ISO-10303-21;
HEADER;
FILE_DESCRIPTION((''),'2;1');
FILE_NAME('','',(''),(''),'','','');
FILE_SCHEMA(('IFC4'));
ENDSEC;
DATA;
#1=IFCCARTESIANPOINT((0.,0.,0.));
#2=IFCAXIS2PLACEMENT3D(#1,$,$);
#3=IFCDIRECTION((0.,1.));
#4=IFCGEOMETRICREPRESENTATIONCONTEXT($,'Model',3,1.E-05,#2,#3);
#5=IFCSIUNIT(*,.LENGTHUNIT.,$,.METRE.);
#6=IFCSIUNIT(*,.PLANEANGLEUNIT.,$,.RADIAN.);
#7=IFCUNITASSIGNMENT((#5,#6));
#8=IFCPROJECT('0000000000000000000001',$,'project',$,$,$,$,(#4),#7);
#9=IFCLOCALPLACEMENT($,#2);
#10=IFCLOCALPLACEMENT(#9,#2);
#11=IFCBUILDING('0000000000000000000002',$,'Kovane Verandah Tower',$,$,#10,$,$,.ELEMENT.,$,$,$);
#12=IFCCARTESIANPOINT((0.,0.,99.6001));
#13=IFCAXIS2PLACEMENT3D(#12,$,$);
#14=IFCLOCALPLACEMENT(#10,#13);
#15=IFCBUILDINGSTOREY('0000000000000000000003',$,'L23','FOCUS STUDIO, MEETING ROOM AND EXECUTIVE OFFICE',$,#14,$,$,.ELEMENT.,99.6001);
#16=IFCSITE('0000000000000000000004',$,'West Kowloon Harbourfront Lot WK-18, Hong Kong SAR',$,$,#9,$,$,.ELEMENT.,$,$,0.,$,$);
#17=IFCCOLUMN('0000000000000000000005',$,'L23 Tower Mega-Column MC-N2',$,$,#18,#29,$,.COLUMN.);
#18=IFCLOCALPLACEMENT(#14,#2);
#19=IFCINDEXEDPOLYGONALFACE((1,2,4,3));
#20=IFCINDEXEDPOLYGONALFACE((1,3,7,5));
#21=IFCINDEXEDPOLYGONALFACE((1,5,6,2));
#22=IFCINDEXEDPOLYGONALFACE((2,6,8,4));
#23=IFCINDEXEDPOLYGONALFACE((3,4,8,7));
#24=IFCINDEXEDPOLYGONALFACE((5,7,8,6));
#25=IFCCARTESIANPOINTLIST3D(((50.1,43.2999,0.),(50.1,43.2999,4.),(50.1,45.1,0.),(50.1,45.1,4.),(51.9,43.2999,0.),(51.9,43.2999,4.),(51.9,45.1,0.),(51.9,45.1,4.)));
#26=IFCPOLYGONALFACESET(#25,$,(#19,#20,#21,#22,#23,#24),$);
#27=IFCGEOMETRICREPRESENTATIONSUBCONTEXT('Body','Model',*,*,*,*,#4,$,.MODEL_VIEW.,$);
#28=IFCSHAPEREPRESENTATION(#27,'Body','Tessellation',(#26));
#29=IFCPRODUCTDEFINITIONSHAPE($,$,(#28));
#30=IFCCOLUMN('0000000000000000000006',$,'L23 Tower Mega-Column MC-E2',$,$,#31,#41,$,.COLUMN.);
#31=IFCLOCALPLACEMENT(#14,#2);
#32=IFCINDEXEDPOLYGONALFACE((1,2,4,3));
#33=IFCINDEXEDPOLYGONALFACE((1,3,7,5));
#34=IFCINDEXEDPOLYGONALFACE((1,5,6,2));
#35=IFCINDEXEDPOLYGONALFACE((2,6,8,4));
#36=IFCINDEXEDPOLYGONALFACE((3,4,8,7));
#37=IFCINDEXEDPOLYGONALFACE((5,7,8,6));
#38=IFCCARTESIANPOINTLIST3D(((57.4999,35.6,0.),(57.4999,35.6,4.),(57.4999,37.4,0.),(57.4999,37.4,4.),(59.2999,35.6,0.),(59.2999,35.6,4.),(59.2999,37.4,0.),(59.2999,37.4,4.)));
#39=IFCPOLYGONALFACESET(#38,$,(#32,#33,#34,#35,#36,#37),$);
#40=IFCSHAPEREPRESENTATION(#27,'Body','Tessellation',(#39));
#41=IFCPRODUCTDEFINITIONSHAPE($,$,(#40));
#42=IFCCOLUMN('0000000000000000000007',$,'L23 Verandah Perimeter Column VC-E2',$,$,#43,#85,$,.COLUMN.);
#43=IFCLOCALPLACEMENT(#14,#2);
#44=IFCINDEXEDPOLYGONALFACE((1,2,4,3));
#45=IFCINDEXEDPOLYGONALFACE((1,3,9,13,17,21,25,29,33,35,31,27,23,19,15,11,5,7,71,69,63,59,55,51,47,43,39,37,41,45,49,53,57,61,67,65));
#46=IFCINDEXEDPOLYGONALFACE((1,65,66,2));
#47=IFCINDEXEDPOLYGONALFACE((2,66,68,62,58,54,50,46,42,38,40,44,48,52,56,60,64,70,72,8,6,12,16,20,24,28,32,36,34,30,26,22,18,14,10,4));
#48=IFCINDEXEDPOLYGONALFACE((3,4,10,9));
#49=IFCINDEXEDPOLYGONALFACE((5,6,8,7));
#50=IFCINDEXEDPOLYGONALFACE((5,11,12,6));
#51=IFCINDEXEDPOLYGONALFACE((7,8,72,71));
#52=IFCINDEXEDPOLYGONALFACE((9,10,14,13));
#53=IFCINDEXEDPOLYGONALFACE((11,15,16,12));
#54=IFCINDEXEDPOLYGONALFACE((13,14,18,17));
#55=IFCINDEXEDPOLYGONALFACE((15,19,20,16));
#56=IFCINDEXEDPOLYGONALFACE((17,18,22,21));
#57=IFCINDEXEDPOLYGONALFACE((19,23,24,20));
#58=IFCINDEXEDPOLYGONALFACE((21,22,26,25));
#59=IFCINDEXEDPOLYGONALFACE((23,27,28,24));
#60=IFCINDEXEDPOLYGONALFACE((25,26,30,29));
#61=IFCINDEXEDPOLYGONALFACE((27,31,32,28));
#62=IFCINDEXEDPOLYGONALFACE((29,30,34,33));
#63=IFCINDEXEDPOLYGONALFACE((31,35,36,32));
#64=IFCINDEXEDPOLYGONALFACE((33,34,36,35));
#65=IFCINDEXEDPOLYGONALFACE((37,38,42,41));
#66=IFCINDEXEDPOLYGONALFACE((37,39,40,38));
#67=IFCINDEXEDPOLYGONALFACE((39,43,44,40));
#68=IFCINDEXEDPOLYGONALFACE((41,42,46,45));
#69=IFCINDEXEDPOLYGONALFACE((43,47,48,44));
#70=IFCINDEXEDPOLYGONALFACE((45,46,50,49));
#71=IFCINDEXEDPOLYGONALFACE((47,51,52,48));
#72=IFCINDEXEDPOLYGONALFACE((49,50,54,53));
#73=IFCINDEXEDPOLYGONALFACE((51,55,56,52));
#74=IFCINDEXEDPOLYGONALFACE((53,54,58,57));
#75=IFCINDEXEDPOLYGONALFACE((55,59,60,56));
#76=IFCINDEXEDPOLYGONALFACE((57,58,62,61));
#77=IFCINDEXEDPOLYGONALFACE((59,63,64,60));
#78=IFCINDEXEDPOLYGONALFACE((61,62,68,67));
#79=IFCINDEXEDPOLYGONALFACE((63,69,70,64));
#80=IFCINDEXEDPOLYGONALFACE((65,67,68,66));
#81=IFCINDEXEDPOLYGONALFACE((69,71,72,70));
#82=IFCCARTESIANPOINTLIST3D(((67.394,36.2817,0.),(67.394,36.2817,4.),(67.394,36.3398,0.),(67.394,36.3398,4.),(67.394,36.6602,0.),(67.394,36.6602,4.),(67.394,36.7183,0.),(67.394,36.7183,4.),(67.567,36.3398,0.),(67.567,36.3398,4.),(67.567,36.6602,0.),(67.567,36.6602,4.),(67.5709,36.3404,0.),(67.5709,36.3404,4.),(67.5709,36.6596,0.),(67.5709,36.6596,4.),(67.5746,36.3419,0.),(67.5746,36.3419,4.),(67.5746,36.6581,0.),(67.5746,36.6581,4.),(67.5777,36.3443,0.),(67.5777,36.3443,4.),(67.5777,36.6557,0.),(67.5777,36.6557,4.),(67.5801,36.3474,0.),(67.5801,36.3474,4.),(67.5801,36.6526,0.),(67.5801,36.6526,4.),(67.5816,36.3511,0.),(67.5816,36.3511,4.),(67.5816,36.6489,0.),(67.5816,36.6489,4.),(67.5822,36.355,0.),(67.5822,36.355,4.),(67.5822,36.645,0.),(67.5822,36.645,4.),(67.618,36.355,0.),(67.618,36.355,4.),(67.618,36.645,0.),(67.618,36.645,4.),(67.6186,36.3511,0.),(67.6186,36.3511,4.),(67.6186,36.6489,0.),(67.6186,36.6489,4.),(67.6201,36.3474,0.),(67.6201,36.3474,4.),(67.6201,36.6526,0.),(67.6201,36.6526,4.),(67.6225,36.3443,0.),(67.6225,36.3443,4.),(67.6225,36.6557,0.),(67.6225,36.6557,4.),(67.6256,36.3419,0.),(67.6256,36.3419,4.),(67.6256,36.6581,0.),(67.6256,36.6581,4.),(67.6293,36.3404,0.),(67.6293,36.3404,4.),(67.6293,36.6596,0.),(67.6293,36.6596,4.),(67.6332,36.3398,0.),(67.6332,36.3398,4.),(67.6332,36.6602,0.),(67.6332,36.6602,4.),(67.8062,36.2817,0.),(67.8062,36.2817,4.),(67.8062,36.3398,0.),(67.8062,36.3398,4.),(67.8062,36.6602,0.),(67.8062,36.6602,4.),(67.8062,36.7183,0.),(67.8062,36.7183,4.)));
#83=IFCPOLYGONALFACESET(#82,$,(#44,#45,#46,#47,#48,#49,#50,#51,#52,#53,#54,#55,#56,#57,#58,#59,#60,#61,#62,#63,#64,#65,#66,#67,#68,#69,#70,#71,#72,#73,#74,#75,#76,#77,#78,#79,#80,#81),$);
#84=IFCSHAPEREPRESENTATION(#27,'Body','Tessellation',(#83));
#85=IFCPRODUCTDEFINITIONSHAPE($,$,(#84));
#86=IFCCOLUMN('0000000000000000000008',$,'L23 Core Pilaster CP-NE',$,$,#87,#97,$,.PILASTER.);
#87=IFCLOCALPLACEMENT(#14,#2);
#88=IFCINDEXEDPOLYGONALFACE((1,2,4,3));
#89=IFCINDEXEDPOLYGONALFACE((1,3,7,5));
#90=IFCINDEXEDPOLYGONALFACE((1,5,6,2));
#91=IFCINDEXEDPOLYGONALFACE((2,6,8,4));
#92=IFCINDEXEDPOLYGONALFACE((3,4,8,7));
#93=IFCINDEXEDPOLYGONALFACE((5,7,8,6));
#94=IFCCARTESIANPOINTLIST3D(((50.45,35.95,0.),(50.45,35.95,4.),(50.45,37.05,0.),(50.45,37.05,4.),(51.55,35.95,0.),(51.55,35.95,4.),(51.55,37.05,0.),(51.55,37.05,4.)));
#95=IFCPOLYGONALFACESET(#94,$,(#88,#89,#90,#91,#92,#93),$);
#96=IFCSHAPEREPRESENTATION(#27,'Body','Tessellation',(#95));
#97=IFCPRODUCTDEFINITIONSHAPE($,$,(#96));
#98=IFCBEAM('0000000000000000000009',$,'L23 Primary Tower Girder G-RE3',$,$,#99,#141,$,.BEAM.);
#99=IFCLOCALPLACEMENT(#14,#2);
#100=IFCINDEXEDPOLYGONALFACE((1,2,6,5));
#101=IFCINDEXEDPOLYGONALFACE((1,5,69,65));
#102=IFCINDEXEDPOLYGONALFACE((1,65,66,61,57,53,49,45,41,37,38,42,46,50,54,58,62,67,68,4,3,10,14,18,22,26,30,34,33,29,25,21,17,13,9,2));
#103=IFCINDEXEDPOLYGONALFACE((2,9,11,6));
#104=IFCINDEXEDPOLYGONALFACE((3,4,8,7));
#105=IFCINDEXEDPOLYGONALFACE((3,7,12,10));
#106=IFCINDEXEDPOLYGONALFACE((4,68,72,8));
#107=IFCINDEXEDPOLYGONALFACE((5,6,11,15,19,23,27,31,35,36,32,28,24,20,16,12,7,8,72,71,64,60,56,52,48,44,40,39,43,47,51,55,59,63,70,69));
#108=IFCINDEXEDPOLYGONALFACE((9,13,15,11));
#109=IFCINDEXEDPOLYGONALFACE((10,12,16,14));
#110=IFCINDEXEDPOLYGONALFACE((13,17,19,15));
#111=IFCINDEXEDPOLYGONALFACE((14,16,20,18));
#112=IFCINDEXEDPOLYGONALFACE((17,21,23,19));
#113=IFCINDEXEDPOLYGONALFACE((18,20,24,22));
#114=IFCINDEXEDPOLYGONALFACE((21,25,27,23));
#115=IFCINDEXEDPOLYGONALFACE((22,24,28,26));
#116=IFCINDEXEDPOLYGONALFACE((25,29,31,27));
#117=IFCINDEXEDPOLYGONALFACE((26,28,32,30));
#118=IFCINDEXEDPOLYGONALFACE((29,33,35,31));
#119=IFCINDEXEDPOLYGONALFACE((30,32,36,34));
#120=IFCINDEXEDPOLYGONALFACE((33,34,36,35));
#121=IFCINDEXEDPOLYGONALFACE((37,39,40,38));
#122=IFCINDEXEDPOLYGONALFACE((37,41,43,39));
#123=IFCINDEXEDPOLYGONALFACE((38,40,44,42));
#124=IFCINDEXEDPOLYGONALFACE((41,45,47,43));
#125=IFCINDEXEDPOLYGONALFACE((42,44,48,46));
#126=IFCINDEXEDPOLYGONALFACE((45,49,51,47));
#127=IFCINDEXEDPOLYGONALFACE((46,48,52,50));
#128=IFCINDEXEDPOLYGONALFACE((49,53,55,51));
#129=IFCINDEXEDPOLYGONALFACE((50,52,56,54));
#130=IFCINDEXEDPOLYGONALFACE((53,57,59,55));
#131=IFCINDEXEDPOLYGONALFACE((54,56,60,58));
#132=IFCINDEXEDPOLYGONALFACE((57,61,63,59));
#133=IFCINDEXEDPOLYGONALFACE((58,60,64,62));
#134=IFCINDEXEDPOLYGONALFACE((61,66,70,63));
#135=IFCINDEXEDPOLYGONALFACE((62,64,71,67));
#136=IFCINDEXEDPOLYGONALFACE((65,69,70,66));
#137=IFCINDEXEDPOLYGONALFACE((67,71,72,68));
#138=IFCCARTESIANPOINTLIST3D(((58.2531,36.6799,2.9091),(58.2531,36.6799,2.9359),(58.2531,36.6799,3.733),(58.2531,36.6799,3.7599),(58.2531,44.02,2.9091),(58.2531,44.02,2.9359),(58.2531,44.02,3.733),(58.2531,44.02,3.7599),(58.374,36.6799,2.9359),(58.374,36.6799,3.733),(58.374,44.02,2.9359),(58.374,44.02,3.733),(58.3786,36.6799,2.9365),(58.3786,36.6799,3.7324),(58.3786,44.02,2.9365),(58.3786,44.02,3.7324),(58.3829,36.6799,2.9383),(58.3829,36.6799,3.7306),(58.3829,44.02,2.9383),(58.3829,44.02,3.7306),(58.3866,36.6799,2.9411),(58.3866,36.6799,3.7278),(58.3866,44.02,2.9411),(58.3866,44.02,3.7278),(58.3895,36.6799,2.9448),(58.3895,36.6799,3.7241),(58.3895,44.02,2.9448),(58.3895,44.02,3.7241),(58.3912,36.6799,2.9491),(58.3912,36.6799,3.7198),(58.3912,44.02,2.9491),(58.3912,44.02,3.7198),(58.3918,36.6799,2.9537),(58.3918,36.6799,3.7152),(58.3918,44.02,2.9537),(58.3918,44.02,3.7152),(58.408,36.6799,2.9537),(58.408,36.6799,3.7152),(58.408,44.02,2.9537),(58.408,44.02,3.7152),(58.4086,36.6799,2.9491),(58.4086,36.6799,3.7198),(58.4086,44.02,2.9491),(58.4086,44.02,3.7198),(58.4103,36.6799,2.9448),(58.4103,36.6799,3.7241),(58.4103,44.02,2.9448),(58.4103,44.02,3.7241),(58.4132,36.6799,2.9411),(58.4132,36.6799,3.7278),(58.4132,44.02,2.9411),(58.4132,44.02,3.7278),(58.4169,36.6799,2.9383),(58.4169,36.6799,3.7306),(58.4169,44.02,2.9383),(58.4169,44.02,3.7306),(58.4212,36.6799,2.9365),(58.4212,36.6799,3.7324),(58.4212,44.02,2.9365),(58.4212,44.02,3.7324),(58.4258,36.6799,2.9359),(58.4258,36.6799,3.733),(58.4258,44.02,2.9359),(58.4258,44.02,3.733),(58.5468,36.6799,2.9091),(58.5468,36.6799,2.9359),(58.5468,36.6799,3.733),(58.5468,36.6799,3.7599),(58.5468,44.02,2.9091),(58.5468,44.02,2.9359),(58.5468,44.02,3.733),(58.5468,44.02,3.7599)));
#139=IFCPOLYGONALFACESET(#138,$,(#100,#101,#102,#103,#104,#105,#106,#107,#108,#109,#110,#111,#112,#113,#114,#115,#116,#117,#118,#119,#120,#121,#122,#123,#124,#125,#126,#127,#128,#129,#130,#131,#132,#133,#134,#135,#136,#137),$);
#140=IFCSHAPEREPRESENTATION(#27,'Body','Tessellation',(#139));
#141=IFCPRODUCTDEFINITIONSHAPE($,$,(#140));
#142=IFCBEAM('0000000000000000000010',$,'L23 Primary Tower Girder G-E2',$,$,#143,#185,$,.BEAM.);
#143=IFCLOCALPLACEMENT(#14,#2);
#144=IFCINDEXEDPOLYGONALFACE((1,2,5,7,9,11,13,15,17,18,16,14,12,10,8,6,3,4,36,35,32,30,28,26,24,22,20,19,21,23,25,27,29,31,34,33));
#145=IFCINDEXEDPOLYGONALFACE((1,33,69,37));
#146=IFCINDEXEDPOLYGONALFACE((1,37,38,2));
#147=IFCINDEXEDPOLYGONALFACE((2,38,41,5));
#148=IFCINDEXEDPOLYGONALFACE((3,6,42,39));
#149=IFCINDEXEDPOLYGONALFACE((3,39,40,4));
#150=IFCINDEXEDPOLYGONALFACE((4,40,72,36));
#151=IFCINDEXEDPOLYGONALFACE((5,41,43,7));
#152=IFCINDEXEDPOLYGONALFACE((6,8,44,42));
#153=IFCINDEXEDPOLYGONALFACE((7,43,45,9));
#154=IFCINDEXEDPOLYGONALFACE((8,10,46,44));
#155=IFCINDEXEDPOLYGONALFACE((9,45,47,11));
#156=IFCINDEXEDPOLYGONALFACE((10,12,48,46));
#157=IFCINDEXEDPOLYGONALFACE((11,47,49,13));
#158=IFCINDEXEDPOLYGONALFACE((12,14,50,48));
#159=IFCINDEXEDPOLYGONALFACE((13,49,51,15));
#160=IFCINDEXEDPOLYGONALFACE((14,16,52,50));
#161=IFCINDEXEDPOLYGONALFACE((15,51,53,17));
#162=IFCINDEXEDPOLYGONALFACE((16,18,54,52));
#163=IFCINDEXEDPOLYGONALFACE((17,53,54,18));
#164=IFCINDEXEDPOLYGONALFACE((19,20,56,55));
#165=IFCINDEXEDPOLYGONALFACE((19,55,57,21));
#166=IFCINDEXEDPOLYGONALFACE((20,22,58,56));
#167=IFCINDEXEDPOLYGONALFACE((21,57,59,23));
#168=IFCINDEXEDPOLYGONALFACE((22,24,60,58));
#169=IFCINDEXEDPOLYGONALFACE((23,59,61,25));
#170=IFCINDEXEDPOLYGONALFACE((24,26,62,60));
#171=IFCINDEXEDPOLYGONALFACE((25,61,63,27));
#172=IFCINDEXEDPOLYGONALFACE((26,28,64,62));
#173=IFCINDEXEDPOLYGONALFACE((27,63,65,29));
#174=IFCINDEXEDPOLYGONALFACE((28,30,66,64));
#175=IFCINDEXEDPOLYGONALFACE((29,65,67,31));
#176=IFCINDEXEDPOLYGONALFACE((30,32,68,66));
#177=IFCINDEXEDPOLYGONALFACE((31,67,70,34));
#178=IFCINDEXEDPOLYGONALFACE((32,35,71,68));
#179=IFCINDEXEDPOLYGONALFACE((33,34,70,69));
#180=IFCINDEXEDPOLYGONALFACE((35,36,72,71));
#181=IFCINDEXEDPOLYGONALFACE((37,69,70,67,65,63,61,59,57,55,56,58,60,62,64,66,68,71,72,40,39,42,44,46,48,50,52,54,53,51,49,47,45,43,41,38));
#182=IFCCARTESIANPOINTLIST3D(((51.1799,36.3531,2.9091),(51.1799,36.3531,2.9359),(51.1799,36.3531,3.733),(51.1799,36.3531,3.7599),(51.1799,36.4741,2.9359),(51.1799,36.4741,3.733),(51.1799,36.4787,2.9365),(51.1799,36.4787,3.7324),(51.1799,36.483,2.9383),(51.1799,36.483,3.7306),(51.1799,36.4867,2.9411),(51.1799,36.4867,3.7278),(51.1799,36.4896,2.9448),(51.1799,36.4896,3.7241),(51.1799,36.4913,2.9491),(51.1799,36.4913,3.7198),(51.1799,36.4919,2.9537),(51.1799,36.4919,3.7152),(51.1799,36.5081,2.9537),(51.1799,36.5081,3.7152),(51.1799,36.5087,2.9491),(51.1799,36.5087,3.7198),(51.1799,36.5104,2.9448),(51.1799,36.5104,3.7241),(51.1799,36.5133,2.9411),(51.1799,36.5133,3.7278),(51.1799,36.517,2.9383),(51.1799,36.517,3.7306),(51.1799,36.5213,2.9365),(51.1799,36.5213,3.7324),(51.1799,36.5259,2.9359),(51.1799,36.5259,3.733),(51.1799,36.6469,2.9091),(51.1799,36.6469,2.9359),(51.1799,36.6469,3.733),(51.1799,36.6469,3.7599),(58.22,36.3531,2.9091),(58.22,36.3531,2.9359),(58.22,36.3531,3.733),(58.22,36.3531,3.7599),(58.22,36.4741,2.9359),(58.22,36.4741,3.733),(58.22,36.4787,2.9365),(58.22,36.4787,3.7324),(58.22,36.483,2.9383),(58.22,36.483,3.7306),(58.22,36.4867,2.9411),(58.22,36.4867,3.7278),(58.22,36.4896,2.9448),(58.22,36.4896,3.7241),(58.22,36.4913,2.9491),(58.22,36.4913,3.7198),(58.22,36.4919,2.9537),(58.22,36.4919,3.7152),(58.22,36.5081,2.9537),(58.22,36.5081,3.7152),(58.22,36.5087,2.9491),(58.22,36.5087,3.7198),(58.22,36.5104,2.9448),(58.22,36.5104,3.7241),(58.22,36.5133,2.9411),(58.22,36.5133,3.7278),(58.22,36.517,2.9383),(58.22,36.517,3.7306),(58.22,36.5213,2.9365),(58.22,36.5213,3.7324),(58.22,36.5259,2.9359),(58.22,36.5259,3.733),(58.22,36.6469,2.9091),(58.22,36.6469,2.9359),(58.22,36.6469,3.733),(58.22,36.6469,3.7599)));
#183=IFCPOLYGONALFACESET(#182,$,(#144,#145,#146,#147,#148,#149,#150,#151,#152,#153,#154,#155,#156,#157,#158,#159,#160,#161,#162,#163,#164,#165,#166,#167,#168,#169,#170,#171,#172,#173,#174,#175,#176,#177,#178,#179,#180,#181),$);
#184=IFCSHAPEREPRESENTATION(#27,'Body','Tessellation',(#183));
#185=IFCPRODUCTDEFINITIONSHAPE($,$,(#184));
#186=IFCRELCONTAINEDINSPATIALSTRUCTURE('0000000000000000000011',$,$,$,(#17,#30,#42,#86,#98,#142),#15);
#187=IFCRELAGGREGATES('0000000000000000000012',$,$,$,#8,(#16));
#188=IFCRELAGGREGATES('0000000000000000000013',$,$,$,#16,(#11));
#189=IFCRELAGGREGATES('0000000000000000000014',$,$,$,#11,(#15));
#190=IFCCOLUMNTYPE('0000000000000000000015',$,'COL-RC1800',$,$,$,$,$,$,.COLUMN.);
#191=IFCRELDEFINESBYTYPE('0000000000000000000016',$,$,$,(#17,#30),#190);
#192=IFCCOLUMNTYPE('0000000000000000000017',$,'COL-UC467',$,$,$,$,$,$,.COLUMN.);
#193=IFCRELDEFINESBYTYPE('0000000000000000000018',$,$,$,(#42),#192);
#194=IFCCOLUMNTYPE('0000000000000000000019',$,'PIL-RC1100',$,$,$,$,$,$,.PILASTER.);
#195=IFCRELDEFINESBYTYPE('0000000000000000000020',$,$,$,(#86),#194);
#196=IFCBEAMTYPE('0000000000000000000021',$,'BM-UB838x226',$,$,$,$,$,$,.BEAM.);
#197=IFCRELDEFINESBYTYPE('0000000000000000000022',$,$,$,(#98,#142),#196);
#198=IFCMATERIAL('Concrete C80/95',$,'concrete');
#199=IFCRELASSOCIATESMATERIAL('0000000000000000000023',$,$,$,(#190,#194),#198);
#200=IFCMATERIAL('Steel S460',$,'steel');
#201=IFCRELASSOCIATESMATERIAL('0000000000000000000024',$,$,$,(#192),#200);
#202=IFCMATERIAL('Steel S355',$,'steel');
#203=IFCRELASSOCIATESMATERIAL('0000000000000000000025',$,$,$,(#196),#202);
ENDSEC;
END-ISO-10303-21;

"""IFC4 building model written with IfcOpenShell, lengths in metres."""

from ifc_helpers import new_model, si_unit, direction, frame, origin, origin_2d, place, context, subcontext, project, spatial, rectangle, i_section, extrude, material, material_profile, profile_set, type_object, element, save


model = new_model("IFC4")

# Units and contexts
model_context = context("Model", 3, precision=1e-05, world=origin(), true_north=direction((0.0, 1.0)))
body_context = subcontext(model_context, "Body", "Model", "MODEL_VIEW")
ifc_project = project(units=[si_unit("LENGTHUNIT", "METRE"), si_unit("PLANEANGLEUNIT", "RADIAN")], contexts=[model_context])

# Site, building, storey
site_placement = place(None, origin())
site = spatial("IfcSite", under=ifc_project, at=site_placement, Name="West Kowloon Harbourfront Lot WK-18, Hong Kong SAR", CompositionType="ELEMENT", RefElevation=0.0)
building_placement = place(site_placement, origin())
building = spatial("IfcBuilding", under=site, at=building_placement, Name="Kovane Verandah Tower", CompositionType="ELEMENT")
storey_placement = place(building_placement, frame((0.0, 0.0, 99.6001)))
storey = spatial("IfcBuildingStorey", under=building, at=storey_placement, Name="L23", Description="FOCUS STUDIO, MEETING ROOM AND EXECUTIVE OFFICE", CompositionType="ELEMENT", Elevation=99.6001)

# Columns
ifc_material_1 = material(Name="Concrete C80/95", Category="concrete")
ifc_material_profile_1 = material_profile(ifc_material_1, rectangle(XDim=1.8, YDim=1.8, at=origin_2d()), Name="RC1800x1800")
ifc_profile_set_1 = profile_set([ifc_material_profile_1], Name="Concrete C80/95")
column_type_1 = type_object("IfcColumnType", Name="COL-RC1800", PredefinedType="COLUMN", material=ifc_profile_set_1)
for number, where, z_axis, x_axis, name in (
    (1, (51.0, 44.2, 0.0), (0.0, 0.0, 1.0), (1.0, 0.0, 0.0), "L23 Tower Mega-Column MC-N2"),
    (2, (58.3999, 36.5, 0.0), (0.0, 0.0, 1.0), (1.0, 0.0, 0.0), "L23 Tower Mega-Column MC-E2"),
):
    element("IfcColumn", number, at=place(storey_placement, frame(where, z_axis=z_axis, x_axis=x_axis)), inside=storey, type_object=column_type_1, Name=name, PredefinedType="COLUMN", context=body_context, shape_type="SweptSolid", body=[
        extrude(rectangle(XDim=1.8, YDim=1.8, at=origin_2d()), origin(), (0.0, 0.0, 1.0), 4.0),
    ])
ifc_material_2 = material(Name="Steel S460", Category="steel")
ifc_material_profile_2 = material_profile(ifc_material_2, i_section(OverallWidth=0.4121, OverallDepth=0.4365, WebThickness=0.0359, FlangeThickness=0.0581, FilletRadius=0.0151, at=origin_2d()), Name="UC356x406x467")
ifc_profile_set_2 = profile_set([ifc_material_profile_2], Name="Steel S460")
column_type_2 = type_object("IfcColumnType", Name="COL-UC467", PredefinedType="COLUMN", material=ifc_profile_set_2)
column_1_placement = place(storey_placement, frame((67.6001, 36.5, 0.0), z_axis=(0.0, 0.0, 1.0), x_axis=(1.0, 0.0, 0.0)))
element("IfcColumn", 3, at=column_1_placement, inside=storey, type_object=column_type_2, Name="L23 Verandah Perimeter Column VC-E2", PredefinedType="COLUMN", context=body_context, shape_type="SweptSolid", body=[
    extrude(i_section(OverallWidth=0.4121, OverallDepth=0.4365, WebThickness=0.0359, FlangeThickness=0.0581, FilletRadius=0.0151, at=origin_2d()), origin(), (0.0, 0.0, 1.0), 4.0),
])
ifc_material_profile_3 = material_profile(ifc_material_1, rectangle(XDim=1.1001, YDim=1.1001, at=origin_2d()), Name="RC1100x1100")
ifc_profile_set_3 = profile_set([ifc_material_profile_3], Name="Concrete C80/95")
column_type_3 = type_object("IfcColumnType", Name="PIL-RC1100", PredefinedType="PILASTER", material=ifc_profile_set_3)
column_2_placement = place(storey_placement, frame((51.0, 36.5, 0.0), z_axis=(0.0, 0.0, 1.0), x_axis=(1.0, 0.0, 0.0)))
element("IfcColumn", 4, at=column_2_placement, inside=storey, type_object=column_type_3, Name="L23 Core Pilaster CP-NE", PredefinedType="PILASTER", context=body_context, shape_type="SweptSolid", body=[
    extrude(rectangle(XDim=1.1001, YDim=1.1001, at=origin_2d()), origin(), (0.0, 0.0, 1.0), 4.0),
])

# Beams
ifc_material_3 = material(Name="Steel S355", Category="steel")
ifc_material_profile_4 = material_profile(ifc_material_3, i_section(OverallWidth=0.2937, OverallDepth=0.8508, WebThickness=0.0161, FlangeThickness=0.0269, FilletRadius=0.0178, at=origin_2d()), Name="UB838x292x226")
ifc_profile_set_4 = profile_set([ifc_material_profile_4], Name="Steel S355")
beam_type_1 = type_object("IfcBeamType", Name="BM-UB838x226", PredefinedType="BEAM", material=ifc_profile_set_4)
beam_1_placement = place(storey_placement, frame((58.3999, 36.6799, 3.3345), z_axis=(0.0, 1.0, 0.0), x_axis=(-1.0, 0.0, 0.0)))
element("IfcBeam", 5, at=beam_1_placement, inside=storey, type_object=beam_type_1, Name="L23 Primary Tower Girder G-RE3", PredefinedType="BEAM", context=body_context, shape_type="SweptSolid", body=[
    extrude(i_section(OverallWidth=0.2937, OverallDepth=0.8508, WebThickness=0.0161, FlangeThickness=0.0269, FilletRadius=0.0178, at=origin_2d()), origin(), (0.0, 0.0, 1.0), 7.3401),
])
beam_2_placement = place(storey_placement, frame((51.1799, 36.5, 3.3345), z_axis=(1.0, 0.0, 0.0), x_axis=(0.0, 1.0, 0.0)))
element("IfcBeam", 6, at=beam_2_placement, inside=storey, type_object=beam_type_1, Name="L23 Primary Tower Girder G-E2", PredefinedType="BEAM", context=body_context, shape_type="SweptSolid", body=[
    extrude(i_section(OverallWidth=0.2937, OverallDepth=0.8508, WebThickness=0.0161, FlangeThickness=0.0269, FilletRadius=0.0178, at=origin_2d()), origin(), (0.0, 0.0, 1.0), 7.04),
])

save(model, "model.ifc")
